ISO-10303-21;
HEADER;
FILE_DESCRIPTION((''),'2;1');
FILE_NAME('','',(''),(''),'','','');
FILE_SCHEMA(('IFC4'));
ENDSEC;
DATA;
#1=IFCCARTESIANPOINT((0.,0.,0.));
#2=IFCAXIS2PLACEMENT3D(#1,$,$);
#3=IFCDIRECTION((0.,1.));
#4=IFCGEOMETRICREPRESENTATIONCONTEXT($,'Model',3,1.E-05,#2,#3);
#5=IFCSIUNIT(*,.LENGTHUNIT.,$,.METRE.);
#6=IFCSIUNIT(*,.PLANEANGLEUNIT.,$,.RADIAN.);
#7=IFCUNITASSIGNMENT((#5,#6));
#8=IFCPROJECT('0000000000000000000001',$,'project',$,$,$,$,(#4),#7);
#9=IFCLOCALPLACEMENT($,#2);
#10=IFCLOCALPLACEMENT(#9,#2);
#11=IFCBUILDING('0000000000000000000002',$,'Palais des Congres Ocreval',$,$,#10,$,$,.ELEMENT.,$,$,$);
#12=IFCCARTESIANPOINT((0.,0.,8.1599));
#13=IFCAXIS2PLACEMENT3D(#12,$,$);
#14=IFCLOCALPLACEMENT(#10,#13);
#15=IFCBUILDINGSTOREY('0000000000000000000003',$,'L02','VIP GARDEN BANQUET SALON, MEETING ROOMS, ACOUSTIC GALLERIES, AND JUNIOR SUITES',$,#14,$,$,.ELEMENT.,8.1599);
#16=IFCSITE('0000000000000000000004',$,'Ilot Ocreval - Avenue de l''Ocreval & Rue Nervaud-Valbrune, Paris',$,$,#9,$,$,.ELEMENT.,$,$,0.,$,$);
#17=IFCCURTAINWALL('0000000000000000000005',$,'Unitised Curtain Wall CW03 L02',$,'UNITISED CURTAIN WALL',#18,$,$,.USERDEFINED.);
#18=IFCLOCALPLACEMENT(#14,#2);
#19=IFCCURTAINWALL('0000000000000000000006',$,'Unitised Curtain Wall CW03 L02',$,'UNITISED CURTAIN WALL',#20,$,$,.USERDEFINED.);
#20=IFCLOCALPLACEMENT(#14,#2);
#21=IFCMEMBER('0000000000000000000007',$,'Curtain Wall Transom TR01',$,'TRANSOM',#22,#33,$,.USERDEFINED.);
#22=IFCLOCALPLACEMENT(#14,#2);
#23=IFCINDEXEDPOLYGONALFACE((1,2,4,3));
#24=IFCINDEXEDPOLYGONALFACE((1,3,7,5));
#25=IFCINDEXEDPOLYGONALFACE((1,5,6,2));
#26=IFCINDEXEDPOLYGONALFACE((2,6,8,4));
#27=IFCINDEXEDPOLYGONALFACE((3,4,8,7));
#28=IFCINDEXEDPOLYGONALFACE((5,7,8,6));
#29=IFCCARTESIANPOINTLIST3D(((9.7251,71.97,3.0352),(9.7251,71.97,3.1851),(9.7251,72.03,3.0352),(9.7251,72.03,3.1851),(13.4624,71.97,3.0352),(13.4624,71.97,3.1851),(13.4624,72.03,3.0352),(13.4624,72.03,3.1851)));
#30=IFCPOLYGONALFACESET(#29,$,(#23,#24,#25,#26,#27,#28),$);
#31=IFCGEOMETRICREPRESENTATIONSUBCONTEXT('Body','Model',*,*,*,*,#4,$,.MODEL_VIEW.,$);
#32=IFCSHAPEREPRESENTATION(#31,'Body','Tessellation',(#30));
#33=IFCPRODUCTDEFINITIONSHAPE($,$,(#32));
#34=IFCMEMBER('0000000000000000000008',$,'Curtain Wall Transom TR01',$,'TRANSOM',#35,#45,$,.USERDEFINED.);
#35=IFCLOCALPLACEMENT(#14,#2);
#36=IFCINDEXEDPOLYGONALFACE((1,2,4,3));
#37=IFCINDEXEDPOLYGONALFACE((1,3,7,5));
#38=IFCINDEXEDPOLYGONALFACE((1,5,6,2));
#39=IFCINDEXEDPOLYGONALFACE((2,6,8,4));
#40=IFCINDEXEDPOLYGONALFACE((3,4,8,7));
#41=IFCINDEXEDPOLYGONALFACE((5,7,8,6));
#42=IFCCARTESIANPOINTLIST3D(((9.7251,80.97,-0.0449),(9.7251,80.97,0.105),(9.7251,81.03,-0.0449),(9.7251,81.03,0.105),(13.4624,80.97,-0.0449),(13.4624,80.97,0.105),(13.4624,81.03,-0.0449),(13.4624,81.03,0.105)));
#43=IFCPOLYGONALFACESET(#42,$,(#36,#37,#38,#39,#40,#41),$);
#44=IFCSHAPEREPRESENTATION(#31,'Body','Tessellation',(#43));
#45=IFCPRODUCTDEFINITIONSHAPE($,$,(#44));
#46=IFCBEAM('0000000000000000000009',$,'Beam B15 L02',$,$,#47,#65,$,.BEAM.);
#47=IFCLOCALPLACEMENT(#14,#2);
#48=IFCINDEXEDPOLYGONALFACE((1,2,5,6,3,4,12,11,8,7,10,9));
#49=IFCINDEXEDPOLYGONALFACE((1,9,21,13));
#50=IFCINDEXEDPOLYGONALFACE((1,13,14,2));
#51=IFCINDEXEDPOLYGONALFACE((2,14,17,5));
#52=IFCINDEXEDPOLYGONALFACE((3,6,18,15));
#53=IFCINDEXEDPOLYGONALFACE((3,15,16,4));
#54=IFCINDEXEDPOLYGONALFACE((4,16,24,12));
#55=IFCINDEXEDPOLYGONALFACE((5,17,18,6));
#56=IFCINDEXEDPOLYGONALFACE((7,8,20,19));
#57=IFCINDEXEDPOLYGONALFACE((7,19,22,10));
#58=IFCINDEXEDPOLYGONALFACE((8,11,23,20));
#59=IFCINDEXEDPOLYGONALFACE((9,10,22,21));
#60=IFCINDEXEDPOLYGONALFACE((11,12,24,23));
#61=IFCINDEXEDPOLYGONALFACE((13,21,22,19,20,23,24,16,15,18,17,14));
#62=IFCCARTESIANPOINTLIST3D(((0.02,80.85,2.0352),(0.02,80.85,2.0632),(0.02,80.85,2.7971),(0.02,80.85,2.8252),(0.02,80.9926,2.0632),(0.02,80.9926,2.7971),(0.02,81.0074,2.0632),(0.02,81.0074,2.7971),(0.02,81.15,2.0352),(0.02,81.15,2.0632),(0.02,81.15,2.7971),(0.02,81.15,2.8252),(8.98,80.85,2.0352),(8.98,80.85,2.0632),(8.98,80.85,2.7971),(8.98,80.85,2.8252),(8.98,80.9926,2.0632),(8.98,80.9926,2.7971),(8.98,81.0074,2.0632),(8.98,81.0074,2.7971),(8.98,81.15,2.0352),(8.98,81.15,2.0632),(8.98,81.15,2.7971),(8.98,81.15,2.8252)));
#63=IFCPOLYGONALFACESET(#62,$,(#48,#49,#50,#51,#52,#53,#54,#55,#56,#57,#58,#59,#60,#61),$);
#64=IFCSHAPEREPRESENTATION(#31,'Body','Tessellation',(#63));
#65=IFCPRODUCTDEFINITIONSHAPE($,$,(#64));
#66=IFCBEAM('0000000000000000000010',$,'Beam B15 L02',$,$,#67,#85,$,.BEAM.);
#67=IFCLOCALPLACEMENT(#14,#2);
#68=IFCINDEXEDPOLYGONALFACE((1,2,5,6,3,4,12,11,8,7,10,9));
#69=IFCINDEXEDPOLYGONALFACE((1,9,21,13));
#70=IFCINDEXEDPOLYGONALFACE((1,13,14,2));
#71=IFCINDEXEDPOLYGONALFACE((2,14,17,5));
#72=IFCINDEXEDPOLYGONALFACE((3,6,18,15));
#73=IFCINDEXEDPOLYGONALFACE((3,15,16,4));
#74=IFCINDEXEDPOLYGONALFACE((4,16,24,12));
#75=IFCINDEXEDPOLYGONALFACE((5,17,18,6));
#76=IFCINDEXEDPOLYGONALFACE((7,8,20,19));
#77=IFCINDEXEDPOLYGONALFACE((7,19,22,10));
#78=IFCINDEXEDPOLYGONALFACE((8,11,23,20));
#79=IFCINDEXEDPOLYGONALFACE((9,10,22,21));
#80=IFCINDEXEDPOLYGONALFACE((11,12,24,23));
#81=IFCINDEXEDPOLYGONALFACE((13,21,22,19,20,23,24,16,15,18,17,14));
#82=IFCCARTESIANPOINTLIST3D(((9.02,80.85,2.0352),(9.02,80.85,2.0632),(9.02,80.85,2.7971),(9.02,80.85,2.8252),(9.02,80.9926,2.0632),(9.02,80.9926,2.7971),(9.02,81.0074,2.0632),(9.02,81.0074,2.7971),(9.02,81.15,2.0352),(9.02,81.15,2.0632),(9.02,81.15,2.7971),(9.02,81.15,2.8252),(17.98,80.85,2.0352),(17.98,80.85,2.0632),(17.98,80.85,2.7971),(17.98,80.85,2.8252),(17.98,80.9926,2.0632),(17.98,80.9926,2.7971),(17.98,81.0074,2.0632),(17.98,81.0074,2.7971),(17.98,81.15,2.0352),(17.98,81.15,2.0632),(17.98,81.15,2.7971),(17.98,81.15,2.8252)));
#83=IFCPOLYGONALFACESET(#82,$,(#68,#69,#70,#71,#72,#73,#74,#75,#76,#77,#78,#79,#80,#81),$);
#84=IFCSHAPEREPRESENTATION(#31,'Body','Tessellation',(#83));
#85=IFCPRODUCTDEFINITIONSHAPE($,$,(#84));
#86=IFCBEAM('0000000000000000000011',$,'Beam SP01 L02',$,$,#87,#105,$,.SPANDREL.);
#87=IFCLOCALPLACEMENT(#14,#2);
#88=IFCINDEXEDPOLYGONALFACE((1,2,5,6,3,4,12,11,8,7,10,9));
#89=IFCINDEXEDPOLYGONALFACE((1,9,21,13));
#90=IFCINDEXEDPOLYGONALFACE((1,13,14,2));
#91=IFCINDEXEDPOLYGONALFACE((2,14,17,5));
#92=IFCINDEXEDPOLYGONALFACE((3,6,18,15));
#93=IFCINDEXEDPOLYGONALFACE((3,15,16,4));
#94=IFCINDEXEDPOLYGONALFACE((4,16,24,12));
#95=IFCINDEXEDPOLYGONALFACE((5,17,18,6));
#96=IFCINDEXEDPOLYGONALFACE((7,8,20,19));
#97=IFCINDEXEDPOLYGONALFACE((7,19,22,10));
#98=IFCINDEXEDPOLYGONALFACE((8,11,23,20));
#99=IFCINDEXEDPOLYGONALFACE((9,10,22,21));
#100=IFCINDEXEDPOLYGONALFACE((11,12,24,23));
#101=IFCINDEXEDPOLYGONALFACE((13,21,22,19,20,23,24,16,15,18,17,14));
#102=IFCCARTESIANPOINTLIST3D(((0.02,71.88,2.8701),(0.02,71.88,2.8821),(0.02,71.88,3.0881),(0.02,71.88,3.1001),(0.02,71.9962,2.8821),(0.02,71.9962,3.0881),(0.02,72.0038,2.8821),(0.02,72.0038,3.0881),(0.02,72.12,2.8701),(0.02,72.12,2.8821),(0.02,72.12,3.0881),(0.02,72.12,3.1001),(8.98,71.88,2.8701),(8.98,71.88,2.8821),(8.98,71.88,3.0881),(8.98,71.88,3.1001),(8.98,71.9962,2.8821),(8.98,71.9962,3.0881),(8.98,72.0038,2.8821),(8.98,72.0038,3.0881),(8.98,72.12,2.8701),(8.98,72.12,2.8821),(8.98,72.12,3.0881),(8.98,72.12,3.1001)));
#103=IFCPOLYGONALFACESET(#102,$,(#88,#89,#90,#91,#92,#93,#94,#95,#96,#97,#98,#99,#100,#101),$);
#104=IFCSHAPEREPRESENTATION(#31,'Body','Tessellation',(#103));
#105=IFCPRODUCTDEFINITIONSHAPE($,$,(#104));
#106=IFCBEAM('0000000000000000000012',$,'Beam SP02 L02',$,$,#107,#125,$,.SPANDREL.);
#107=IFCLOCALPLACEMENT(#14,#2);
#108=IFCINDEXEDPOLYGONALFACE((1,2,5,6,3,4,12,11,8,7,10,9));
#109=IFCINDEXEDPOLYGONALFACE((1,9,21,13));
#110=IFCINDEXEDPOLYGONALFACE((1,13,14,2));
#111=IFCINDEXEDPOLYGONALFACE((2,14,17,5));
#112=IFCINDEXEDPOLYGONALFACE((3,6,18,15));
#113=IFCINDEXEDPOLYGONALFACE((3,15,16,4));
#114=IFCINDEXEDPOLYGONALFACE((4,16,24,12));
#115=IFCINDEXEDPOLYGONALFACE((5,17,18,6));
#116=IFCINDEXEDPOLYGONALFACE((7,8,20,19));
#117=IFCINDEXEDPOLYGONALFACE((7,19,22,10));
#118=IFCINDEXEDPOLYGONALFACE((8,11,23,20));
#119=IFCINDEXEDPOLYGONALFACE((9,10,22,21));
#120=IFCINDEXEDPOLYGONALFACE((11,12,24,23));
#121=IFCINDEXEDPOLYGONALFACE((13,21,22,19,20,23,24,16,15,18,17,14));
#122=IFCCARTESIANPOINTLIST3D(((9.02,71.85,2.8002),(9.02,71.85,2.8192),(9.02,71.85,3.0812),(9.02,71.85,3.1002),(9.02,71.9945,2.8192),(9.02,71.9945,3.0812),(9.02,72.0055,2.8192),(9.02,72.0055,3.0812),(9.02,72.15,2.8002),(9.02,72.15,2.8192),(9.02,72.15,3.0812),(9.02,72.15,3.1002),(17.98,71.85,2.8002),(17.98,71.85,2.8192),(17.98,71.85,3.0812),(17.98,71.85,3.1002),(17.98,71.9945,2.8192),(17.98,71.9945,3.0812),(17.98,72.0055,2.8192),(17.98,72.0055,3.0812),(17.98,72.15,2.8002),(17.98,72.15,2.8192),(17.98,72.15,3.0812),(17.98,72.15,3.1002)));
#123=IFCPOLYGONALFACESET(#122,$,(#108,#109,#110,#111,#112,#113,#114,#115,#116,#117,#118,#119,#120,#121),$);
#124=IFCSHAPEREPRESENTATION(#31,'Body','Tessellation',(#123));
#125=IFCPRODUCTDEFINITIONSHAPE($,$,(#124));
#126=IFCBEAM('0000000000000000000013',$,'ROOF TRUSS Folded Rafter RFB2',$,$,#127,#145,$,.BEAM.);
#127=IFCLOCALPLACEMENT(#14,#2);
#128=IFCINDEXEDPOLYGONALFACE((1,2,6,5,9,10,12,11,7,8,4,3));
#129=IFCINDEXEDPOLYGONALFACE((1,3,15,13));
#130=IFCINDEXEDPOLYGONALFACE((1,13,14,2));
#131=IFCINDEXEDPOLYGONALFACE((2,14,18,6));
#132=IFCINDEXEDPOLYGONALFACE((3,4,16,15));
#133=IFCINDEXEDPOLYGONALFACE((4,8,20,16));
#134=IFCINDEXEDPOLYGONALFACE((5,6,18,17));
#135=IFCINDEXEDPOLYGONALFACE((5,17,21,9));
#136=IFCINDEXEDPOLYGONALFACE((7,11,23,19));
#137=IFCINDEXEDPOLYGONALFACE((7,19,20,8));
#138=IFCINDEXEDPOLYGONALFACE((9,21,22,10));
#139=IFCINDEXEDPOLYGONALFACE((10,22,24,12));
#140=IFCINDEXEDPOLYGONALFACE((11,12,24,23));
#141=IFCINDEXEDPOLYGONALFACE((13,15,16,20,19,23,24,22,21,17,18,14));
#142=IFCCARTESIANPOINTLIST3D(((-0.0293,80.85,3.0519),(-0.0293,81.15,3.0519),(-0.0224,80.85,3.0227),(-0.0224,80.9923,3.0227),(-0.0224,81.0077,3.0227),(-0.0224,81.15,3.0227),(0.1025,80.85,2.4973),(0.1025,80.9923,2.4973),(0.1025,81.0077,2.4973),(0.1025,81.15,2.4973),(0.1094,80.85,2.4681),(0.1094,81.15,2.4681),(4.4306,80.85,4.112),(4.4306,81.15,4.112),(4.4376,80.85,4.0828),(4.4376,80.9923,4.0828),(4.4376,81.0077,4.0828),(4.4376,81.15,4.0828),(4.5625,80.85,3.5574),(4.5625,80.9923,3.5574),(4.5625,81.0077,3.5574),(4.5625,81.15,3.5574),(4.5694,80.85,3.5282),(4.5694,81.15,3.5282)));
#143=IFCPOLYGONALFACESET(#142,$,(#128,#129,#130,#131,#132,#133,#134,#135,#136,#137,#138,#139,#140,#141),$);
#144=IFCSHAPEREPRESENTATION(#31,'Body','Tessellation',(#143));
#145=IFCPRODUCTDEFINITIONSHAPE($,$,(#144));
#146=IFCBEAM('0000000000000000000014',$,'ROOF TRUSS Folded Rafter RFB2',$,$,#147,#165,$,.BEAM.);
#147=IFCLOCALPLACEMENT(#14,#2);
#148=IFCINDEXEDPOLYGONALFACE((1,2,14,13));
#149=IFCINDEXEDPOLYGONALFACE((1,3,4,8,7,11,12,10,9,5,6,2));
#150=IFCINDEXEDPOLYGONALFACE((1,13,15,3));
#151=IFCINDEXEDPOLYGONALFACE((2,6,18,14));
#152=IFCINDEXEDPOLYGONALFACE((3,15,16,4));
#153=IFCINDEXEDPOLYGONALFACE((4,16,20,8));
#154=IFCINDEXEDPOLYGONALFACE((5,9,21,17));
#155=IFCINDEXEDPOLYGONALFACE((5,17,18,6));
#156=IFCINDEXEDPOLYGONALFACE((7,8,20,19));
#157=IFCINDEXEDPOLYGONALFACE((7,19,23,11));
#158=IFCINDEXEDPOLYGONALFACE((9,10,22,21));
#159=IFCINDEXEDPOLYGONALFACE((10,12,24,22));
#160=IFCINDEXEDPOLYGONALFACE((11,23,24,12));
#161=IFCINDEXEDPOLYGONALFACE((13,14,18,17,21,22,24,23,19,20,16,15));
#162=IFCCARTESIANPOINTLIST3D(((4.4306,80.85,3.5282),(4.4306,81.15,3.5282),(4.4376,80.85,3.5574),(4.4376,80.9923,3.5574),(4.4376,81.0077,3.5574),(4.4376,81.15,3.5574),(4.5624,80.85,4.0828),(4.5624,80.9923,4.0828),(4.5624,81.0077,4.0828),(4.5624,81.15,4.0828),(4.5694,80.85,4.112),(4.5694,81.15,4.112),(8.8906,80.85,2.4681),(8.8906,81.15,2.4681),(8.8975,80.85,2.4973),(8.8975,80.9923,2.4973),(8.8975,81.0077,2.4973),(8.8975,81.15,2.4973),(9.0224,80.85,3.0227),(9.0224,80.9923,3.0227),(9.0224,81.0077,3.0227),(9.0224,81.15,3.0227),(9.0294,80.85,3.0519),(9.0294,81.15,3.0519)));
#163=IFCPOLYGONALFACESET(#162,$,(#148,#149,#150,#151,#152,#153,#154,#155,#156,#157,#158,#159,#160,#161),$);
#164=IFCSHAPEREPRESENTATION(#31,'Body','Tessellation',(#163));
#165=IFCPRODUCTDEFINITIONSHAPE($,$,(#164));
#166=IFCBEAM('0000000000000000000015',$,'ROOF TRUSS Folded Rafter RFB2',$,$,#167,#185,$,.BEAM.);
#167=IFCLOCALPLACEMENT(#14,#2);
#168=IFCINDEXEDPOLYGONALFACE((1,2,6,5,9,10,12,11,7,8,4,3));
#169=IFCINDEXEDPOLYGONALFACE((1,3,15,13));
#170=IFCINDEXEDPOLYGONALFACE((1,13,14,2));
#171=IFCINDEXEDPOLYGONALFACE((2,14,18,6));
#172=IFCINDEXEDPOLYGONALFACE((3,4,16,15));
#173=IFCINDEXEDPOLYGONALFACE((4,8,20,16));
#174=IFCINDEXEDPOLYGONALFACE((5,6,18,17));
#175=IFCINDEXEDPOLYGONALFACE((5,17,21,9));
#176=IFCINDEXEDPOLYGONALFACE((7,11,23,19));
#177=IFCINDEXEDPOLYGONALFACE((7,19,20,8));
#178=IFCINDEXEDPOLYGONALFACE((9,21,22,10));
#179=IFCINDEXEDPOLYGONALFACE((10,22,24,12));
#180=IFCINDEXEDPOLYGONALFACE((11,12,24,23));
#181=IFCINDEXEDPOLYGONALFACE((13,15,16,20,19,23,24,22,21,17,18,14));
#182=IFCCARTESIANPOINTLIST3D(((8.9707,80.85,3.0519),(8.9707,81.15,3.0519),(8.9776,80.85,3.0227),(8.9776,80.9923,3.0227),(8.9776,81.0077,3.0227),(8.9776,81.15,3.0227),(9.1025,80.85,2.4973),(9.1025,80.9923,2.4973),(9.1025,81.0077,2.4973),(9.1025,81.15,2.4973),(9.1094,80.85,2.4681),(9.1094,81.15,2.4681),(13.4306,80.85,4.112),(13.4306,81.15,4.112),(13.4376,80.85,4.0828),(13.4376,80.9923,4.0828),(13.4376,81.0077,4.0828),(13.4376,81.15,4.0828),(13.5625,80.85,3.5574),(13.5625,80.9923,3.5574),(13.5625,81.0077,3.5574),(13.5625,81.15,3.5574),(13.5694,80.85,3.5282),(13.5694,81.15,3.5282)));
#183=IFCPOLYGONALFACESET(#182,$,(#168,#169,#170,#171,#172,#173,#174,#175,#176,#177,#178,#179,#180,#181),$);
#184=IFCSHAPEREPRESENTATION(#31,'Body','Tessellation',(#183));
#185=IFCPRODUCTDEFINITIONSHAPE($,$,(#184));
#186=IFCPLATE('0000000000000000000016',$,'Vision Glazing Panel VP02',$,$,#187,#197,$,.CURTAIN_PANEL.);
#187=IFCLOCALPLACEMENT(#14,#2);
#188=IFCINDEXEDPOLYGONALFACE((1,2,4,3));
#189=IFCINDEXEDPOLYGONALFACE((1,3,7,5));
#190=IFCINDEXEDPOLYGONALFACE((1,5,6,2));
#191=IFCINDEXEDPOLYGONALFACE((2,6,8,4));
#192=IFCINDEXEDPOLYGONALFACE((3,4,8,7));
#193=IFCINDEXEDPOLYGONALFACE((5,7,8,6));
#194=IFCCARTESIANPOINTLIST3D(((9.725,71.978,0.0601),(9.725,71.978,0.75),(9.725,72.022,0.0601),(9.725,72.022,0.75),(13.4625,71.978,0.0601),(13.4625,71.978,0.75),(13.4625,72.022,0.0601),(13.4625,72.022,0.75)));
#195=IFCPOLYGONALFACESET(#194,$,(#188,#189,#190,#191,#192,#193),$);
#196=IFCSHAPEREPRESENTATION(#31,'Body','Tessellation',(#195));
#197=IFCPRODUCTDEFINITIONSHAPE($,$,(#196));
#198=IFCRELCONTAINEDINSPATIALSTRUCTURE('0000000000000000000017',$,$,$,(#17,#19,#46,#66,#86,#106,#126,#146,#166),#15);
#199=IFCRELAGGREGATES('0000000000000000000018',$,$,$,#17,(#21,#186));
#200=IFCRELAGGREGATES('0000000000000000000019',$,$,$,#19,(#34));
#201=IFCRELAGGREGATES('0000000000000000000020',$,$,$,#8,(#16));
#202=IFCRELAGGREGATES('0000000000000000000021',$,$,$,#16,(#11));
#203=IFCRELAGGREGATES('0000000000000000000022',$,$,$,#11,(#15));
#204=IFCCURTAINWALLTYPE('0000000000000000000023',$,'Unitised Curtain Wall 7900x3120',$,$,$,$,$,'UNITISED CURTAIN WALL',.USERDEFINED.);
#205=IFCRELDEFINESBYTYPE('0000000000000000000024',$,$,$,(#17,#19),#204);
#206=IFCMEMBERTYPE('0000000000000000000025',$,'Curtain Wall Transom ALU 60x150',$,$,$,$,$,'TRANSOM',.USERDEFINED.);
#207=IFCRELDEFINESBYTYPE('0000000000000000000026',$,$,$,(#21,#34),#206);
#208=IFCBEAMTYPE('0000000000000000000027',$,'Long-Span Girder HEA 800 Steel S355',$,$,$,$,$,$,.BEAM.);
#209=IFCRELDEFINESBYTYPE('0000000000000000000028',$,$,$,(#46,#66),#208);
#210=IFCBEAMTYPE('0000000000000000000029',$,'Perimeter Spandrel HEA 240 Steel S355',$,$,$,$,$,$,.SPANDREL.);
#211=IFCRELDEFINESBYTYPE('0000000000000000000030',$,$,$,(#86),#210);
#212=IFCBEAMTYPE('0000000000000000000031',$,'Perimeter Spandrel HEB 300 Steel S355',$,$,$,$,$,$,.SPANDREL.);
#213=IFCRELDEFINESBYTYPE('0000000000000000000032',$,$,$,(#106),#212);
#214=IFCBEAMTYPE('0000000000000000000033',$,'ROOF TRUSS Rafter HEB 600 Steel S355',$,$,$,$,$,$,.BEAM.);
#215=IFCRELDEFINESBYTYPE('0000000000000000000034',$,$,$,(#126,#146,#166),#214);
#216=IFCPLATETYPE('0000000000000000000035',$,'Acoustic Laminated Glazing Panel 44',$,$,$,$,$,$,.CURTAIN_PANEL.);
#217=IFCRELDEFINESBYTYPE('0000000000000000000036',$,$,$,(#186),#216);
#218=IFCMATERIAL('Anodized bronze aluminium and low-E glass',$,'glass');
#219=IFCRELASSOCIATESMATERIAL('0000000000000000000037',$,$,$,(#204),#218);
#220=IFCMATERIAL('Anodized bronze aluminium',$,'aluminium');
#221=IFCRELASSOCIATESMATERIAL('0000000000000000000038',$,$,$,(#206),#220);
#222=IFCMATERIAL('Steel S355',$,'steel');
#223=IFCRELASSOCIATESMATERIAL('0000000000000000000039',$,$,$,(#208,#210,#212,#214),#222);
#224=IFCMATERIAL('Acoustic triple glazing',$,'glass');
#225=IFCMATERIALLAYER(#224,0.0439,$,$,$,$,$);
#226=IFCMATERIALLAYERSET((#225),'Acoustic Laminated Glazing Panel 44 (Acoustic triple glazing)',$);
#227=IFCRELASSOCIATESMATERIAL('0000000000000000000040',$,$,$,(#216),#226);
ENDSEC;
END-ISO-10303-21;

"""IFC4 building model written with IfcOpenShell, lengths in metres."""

from ifc_helpers import new_model, si_unit, direction, frame, origin, origin_2d, place, context, subcontext, project, spatial, rectangle, i_section, extrude, material, layer, layer_set, material_profile, profile_set, type_object, element, aggregate, save


model = new_model("IFC4")

# Units and contexts
model_context = context("Model", 3, precision=1e-05, world=origin(), true_north=direction((0.0, 1.0)))
body_context = subcontext(model_context, "Body", "Model", "MODEL_VIEW")
ifc_project = project(units=[si_unit("LENGTHUNIT", "METRE"), si_unit("PLANEANGLEUNIT", "RADIAN")], contexts=[model_context])

# Site, building, storey
site_placement = place(None, origin())
site = spatial("IfcSite", under=ifc_project, at=site_placement, Name="Ilot Ocreval - Avenue de l'Ocreval & Rue Nervaud-Valbrune, Paris", CompositionType="ELEMENT", RefElevation=0.0)
building_placement = place(site_placement, origin())
building = spatial("IfcBuilding", under=site, at=building_placement, Name="Palais des Congres Ocreval", CompositionType="ELEMENT")
storey_placement = place(building_placement, frame((0.0, 0.0, 8.1599)))
storey = spatial("IfcBuildingStorey", under=building, at=storey_placement, Name="L02", Description="VIP GARDEN BANQUET SALON, MEETING ROOMS, ACOUSTIC GALLERIES, AND JUNIOR SUITES", CompositionType="ELEMENT", Elevation=8.1599)

# Shared definitions
ifc_material_1 = material(Name="Steel S355", Category="steel")

# Curtain walls
ifc_material_2 = material(Name="Anodized bronze aluminium and low-E glass", Category="glass")
curtain_wall_type = type_object("IfcCurtainWallType", Name="Unitised Curtain Wall 7900x3120", ElementType="UNITISED CURTAIN WALL", PredefinedType="USERDEFINED", material=ifc_material_2)
curtain_wall_1_placement = place(storey_placement, origin())
curtain_wall_1 = element("IfcCurtainWall", 1, at=curtain_wall_1_placement, inside=storey, type_object=curtain_wall_type, Name="Unitised Curtain Wall CW03 L02", ObjectType="UNITISED CURTAIN WALL", PredefinedType="USERDEFINED")
ifc_material_3 = material(Name="Anodized bronze aluminium", Category="aluminium")
curtain_wall_2_placement = place(storey_placement, origin())
curtain_wall_2 = element("IfcCurtainWall", 2, at=curtain_wall_2_placement, inside=storey, type_object=curtain_wall_type, Name="Unitised Curtain Wall CW03 L02", ObjectType="UNITISED CURTAIN WALL", PredefinedType="USERDEFINED")

# Members
ifc_material_profile_1 = material_profile(ifc_material_3, rectangle(XDim=0.0601, YDim=0.1499, at=origin_2d()), Name="ALU 60x150")
ifc_profile_set_1 = profile_set([ifc_material_profile_1], Name="Anodized bronze aluminium")
member_type_1 = type_object("IfcMemberType", Name="Curtain Wall Transom ALU 60x150", ElementType="TRANSOM", PredefinedType="USERDEFINED", material=ifc_profile_set_1)
member_1_placement = place(storey_placement, frame((9.7251, 72.0, 3.1101), z_axis=(1.0, 0.0, 0.0), x_axis=(0.0, 1.0, 0.0)))
member_1 = element("IfcMember", 3, at=member_1_placement, type_object=member_type_1, Name="Curtain Wall Transom TR01", ObjectType="TRANSOM", PredefinedType="USERDEFINED", context=body_context, shape_type="SweptSolid", body=[
    extrude(rectangle(XDim=0.0601, YDim=0.1499, at=origin_2d()), origin(), (0.0, 0.0, 1.0), 3.7373),
])
member_2_placement = place(storey_placement, frame((13.4624, 81.0, 0.03), z_axis=(-1.0, 0.0, 0.0), x_axis=(0.0, -1.0, 0.0)))
member_2 = element("IfcMember", 4, at=member_2_placement, type_object=member_type_1, Name="Curtain Wall Transom TR01", ObjectType="TRANSOM", PredefinedType="USERDEFINED", context=body_context, shape_type="SweptSolid", body=[
    extrude(rectangle(XDim=0.0601, YDim=0.1499, at=origin_2d()), origin(), (0.0, 0.0, 1.0), 3.7373),
])

# Beams
ifc_material_profile_2 = material_profile(ifc_material_1, i_section(OverallWidth=0.3, OverallDepth=0.79, WebThickness=0.0149, FlangeThickness=0.0281, at=origin_2d()), Name="HEA 800")
ifc_profile_set_2 = profile_set([ifc_material_profile_2], Name="Steel S355")
beam_type_1 = type_object("IfcBeamType", Name="Long-Span Girder HEA 800 Steel S355", PredefinedType="BEAM", material=ifc_profile_set_2)
for number, where, z_axis, x_axis, name in (
    (5, (0.02, 81.0, 2.4302), (1.0, 0.0, 0.0), (0.0, 1.0, 0.0), "Beam B15 L02"),
    (6, (9.02, 81.0, 2.4302), (1.0, 0.0, 0.0), (0.0, 1.0, 0.0), "Beam B15 L02"),
):
    element("IfcBeam", number, at=place(storey_placement, frame(where, z_axis=z_axis, x_axis=x_axis)), inside=storey, type_object=beam_type_1, Name=name, PredefinedType="BEAM", context=body_context, shape_type="SweptSolid", body=[
        extrude(i_section(OverallWidth=0.3, OverallDepth=0.79, WebThickness=0.0149, FlangeThickness=0.0281, at=origin_2d()), origin(), (0.0, 0.0, 1.0), 8.96),
    ])
ifc_material_profile_3 = material_profile(ifc_material_1, i_section(OverallWidth=0.24, OverallDepth=0.23, WebThickness=0.0076, FlangeThickness=0.012, at=origin_2d()), Name="HEA 240")
ifc_profile_set_3 = profile_set([ifc_material_profile_3], Name="Steel S355")
beam_type_2 = type_object("IfcBeamType", Name="Perimeter Spandrel HEA 240 Steel S355", PredefinedType="SPANDREL", material=ifc_profile_set_3)
beam_1_placement = place(storey_placement, frame((0.02, 72.0, 2.9851), z_axis=(1.0, 0.0, 0.0), x_axis=(0.0, 1.0, 0.0)))
element("IfcBeam", 7, at=beam_1_placement, inside=storey, type_object=beam_type_2, Name="Beam SP01 L02", PredefinedType="SPANDREL", context=body_context, shape_type="SweptSolid", body=[
    extrude(i_section(OverallWidth=0.24, OverallDepth=0.23, WebThickness=0.0076, FlangeThickness=0.012, at=origin_2d()), origin(), (0.0, 0.0, 1.0), 8.96),
])
ifc_material_profile_4 = material_profile(ifc_material_1, i_section(OverallWidth=0.3, OverallDepth=0.3, WebThickness=0.011, FlangeThickness=0.019, at=origin_2d()), Name="HEB 300")
ifc_profile_set_4 = profile_set([ifc_material_profile_4], Name="Steel S355")
beam_type_3 = type_object("IfcBeamType", Name="Perimeter Spandrel HEB 300 Steel S355", PredefinedType="SPANDREL", material=ifc_profile_set_4)
beam_2_placement = place(storey_placement, frame((9.02, 72.0, 2.9502), z_axis=(1.0, 0.0, 0.0), x_axis=(0.0, 1.0, 0.0)))
element("IfcBeam", 8, at=beam_2_placement, inside=storey, type_object=beam_type_3, Name="Beam SP02 L02", PredefinedType="SPANDREL", context=body_context, shape_type="SweptSolid", body=[
    extrude(i_section(OverallWidth=0.3, OverallDepth=0.3, WebThickness=0.011, FlangeThickness=0.019, at=origin_2d()), origin(), (0.0, 0.0, 1.0), 8.96),
])
ifc_material_profile_5 = material_profile(ifc_material_1, i_section(OverallWidth=0.3, OverallDepth=0.6001, WebThickness=0.0154, FlangeThickness=0.03, at=origin_2d()), Name="HEB 600")
ifc_profile_set_5 = profile_set([ifc_material_profile_5], Name="Steel S355")
beam_type_4 = type_object("IfcBeamType", Name="ROOF TRUSS Rafter HEB 600 Steel S355", PredefinedType="BEAM", material=ifc_profile_set_5)
for number, where, z_axis, x_axis, name in (
    (9, (0.04, 81.0, 2.76), (0.972896, 0.0, 0.231241), (0.0, 1.0, 0.0), "ROOF TRUSS Folded Rafter RFB2"),
    (10, (4.5, 81.0, 3.8201), (0.972896, 0.0, -0.231241), (0.0, 1.0, 0.0), "ROOF TRUSS Folded Rafter RFB2"),
    (11, (9.04, 81.0, 2.76), (0.972896, 0.0, 0.231241), (0.0, 1.0, 0.0), "ROOF TRUSS Folded Rafter RFB2"),
):
    element("IfcBeam", number, at=place(storey_placement, frame(where, z_axis=z_axis, x_axis=x_axis)), inside=storey, type_object=beam_type_4, Name=name, PredefinedType="BEAM", context=body_context, shape_type="SweptSolid", body=[
        extrude(i_section(OverallWidth=0.3, OverallDepth=0.6001, WebThickness=0.0154, FlangeThickness=0.03, at=origin_2d()), origin(), (0.0, 0.0, 1.0), 4.5842),
    ])

# Plate
ifc_material_4 = material(Name="Acoustic triple glazing", Category="glass")
ifc_layer_1 = layer(ifc_material_4, 0.0439)
ifc_layer_set_1 = layer_set([ifc_layer_1], Name="Acoustic Laminated Glazing Panel 44 (Acoustic triple glazing)")
plate_type_1 = type_object("IfcPlateType", Name="Acoustic Laminated Glazing Panel 44", PredefinedType="CURTAIN_PANEL", material=ifc_layer_set_1)
plate_1_placement = place(storey_placement, frame((11.5938, 72.0, 0.0601), z_axis=(0.0, 0.0, 1.0), x_axis=(1.0, 0.0, 0.0)))
plate_1 = element("IfcPlate", 12, at=plate_1_placement, type_object=plate_type_1, Name="Vision Glazing Panel VP02", PredefinedType="CURTAIN_PANEL", context=body_context, shape_type="SweptSolid", body=[
    extrude(rectangle(XDim=3.7375, YDim=0.0439, at=origin_2d()), origin(), (0.0, 0.0, 1.0), 0.6899),
])
aggregate(curtain_wall_1, [member_1, plate_1])
aggregate(curtain_wall_2, [member_2])

save(model, "model.ifc")
